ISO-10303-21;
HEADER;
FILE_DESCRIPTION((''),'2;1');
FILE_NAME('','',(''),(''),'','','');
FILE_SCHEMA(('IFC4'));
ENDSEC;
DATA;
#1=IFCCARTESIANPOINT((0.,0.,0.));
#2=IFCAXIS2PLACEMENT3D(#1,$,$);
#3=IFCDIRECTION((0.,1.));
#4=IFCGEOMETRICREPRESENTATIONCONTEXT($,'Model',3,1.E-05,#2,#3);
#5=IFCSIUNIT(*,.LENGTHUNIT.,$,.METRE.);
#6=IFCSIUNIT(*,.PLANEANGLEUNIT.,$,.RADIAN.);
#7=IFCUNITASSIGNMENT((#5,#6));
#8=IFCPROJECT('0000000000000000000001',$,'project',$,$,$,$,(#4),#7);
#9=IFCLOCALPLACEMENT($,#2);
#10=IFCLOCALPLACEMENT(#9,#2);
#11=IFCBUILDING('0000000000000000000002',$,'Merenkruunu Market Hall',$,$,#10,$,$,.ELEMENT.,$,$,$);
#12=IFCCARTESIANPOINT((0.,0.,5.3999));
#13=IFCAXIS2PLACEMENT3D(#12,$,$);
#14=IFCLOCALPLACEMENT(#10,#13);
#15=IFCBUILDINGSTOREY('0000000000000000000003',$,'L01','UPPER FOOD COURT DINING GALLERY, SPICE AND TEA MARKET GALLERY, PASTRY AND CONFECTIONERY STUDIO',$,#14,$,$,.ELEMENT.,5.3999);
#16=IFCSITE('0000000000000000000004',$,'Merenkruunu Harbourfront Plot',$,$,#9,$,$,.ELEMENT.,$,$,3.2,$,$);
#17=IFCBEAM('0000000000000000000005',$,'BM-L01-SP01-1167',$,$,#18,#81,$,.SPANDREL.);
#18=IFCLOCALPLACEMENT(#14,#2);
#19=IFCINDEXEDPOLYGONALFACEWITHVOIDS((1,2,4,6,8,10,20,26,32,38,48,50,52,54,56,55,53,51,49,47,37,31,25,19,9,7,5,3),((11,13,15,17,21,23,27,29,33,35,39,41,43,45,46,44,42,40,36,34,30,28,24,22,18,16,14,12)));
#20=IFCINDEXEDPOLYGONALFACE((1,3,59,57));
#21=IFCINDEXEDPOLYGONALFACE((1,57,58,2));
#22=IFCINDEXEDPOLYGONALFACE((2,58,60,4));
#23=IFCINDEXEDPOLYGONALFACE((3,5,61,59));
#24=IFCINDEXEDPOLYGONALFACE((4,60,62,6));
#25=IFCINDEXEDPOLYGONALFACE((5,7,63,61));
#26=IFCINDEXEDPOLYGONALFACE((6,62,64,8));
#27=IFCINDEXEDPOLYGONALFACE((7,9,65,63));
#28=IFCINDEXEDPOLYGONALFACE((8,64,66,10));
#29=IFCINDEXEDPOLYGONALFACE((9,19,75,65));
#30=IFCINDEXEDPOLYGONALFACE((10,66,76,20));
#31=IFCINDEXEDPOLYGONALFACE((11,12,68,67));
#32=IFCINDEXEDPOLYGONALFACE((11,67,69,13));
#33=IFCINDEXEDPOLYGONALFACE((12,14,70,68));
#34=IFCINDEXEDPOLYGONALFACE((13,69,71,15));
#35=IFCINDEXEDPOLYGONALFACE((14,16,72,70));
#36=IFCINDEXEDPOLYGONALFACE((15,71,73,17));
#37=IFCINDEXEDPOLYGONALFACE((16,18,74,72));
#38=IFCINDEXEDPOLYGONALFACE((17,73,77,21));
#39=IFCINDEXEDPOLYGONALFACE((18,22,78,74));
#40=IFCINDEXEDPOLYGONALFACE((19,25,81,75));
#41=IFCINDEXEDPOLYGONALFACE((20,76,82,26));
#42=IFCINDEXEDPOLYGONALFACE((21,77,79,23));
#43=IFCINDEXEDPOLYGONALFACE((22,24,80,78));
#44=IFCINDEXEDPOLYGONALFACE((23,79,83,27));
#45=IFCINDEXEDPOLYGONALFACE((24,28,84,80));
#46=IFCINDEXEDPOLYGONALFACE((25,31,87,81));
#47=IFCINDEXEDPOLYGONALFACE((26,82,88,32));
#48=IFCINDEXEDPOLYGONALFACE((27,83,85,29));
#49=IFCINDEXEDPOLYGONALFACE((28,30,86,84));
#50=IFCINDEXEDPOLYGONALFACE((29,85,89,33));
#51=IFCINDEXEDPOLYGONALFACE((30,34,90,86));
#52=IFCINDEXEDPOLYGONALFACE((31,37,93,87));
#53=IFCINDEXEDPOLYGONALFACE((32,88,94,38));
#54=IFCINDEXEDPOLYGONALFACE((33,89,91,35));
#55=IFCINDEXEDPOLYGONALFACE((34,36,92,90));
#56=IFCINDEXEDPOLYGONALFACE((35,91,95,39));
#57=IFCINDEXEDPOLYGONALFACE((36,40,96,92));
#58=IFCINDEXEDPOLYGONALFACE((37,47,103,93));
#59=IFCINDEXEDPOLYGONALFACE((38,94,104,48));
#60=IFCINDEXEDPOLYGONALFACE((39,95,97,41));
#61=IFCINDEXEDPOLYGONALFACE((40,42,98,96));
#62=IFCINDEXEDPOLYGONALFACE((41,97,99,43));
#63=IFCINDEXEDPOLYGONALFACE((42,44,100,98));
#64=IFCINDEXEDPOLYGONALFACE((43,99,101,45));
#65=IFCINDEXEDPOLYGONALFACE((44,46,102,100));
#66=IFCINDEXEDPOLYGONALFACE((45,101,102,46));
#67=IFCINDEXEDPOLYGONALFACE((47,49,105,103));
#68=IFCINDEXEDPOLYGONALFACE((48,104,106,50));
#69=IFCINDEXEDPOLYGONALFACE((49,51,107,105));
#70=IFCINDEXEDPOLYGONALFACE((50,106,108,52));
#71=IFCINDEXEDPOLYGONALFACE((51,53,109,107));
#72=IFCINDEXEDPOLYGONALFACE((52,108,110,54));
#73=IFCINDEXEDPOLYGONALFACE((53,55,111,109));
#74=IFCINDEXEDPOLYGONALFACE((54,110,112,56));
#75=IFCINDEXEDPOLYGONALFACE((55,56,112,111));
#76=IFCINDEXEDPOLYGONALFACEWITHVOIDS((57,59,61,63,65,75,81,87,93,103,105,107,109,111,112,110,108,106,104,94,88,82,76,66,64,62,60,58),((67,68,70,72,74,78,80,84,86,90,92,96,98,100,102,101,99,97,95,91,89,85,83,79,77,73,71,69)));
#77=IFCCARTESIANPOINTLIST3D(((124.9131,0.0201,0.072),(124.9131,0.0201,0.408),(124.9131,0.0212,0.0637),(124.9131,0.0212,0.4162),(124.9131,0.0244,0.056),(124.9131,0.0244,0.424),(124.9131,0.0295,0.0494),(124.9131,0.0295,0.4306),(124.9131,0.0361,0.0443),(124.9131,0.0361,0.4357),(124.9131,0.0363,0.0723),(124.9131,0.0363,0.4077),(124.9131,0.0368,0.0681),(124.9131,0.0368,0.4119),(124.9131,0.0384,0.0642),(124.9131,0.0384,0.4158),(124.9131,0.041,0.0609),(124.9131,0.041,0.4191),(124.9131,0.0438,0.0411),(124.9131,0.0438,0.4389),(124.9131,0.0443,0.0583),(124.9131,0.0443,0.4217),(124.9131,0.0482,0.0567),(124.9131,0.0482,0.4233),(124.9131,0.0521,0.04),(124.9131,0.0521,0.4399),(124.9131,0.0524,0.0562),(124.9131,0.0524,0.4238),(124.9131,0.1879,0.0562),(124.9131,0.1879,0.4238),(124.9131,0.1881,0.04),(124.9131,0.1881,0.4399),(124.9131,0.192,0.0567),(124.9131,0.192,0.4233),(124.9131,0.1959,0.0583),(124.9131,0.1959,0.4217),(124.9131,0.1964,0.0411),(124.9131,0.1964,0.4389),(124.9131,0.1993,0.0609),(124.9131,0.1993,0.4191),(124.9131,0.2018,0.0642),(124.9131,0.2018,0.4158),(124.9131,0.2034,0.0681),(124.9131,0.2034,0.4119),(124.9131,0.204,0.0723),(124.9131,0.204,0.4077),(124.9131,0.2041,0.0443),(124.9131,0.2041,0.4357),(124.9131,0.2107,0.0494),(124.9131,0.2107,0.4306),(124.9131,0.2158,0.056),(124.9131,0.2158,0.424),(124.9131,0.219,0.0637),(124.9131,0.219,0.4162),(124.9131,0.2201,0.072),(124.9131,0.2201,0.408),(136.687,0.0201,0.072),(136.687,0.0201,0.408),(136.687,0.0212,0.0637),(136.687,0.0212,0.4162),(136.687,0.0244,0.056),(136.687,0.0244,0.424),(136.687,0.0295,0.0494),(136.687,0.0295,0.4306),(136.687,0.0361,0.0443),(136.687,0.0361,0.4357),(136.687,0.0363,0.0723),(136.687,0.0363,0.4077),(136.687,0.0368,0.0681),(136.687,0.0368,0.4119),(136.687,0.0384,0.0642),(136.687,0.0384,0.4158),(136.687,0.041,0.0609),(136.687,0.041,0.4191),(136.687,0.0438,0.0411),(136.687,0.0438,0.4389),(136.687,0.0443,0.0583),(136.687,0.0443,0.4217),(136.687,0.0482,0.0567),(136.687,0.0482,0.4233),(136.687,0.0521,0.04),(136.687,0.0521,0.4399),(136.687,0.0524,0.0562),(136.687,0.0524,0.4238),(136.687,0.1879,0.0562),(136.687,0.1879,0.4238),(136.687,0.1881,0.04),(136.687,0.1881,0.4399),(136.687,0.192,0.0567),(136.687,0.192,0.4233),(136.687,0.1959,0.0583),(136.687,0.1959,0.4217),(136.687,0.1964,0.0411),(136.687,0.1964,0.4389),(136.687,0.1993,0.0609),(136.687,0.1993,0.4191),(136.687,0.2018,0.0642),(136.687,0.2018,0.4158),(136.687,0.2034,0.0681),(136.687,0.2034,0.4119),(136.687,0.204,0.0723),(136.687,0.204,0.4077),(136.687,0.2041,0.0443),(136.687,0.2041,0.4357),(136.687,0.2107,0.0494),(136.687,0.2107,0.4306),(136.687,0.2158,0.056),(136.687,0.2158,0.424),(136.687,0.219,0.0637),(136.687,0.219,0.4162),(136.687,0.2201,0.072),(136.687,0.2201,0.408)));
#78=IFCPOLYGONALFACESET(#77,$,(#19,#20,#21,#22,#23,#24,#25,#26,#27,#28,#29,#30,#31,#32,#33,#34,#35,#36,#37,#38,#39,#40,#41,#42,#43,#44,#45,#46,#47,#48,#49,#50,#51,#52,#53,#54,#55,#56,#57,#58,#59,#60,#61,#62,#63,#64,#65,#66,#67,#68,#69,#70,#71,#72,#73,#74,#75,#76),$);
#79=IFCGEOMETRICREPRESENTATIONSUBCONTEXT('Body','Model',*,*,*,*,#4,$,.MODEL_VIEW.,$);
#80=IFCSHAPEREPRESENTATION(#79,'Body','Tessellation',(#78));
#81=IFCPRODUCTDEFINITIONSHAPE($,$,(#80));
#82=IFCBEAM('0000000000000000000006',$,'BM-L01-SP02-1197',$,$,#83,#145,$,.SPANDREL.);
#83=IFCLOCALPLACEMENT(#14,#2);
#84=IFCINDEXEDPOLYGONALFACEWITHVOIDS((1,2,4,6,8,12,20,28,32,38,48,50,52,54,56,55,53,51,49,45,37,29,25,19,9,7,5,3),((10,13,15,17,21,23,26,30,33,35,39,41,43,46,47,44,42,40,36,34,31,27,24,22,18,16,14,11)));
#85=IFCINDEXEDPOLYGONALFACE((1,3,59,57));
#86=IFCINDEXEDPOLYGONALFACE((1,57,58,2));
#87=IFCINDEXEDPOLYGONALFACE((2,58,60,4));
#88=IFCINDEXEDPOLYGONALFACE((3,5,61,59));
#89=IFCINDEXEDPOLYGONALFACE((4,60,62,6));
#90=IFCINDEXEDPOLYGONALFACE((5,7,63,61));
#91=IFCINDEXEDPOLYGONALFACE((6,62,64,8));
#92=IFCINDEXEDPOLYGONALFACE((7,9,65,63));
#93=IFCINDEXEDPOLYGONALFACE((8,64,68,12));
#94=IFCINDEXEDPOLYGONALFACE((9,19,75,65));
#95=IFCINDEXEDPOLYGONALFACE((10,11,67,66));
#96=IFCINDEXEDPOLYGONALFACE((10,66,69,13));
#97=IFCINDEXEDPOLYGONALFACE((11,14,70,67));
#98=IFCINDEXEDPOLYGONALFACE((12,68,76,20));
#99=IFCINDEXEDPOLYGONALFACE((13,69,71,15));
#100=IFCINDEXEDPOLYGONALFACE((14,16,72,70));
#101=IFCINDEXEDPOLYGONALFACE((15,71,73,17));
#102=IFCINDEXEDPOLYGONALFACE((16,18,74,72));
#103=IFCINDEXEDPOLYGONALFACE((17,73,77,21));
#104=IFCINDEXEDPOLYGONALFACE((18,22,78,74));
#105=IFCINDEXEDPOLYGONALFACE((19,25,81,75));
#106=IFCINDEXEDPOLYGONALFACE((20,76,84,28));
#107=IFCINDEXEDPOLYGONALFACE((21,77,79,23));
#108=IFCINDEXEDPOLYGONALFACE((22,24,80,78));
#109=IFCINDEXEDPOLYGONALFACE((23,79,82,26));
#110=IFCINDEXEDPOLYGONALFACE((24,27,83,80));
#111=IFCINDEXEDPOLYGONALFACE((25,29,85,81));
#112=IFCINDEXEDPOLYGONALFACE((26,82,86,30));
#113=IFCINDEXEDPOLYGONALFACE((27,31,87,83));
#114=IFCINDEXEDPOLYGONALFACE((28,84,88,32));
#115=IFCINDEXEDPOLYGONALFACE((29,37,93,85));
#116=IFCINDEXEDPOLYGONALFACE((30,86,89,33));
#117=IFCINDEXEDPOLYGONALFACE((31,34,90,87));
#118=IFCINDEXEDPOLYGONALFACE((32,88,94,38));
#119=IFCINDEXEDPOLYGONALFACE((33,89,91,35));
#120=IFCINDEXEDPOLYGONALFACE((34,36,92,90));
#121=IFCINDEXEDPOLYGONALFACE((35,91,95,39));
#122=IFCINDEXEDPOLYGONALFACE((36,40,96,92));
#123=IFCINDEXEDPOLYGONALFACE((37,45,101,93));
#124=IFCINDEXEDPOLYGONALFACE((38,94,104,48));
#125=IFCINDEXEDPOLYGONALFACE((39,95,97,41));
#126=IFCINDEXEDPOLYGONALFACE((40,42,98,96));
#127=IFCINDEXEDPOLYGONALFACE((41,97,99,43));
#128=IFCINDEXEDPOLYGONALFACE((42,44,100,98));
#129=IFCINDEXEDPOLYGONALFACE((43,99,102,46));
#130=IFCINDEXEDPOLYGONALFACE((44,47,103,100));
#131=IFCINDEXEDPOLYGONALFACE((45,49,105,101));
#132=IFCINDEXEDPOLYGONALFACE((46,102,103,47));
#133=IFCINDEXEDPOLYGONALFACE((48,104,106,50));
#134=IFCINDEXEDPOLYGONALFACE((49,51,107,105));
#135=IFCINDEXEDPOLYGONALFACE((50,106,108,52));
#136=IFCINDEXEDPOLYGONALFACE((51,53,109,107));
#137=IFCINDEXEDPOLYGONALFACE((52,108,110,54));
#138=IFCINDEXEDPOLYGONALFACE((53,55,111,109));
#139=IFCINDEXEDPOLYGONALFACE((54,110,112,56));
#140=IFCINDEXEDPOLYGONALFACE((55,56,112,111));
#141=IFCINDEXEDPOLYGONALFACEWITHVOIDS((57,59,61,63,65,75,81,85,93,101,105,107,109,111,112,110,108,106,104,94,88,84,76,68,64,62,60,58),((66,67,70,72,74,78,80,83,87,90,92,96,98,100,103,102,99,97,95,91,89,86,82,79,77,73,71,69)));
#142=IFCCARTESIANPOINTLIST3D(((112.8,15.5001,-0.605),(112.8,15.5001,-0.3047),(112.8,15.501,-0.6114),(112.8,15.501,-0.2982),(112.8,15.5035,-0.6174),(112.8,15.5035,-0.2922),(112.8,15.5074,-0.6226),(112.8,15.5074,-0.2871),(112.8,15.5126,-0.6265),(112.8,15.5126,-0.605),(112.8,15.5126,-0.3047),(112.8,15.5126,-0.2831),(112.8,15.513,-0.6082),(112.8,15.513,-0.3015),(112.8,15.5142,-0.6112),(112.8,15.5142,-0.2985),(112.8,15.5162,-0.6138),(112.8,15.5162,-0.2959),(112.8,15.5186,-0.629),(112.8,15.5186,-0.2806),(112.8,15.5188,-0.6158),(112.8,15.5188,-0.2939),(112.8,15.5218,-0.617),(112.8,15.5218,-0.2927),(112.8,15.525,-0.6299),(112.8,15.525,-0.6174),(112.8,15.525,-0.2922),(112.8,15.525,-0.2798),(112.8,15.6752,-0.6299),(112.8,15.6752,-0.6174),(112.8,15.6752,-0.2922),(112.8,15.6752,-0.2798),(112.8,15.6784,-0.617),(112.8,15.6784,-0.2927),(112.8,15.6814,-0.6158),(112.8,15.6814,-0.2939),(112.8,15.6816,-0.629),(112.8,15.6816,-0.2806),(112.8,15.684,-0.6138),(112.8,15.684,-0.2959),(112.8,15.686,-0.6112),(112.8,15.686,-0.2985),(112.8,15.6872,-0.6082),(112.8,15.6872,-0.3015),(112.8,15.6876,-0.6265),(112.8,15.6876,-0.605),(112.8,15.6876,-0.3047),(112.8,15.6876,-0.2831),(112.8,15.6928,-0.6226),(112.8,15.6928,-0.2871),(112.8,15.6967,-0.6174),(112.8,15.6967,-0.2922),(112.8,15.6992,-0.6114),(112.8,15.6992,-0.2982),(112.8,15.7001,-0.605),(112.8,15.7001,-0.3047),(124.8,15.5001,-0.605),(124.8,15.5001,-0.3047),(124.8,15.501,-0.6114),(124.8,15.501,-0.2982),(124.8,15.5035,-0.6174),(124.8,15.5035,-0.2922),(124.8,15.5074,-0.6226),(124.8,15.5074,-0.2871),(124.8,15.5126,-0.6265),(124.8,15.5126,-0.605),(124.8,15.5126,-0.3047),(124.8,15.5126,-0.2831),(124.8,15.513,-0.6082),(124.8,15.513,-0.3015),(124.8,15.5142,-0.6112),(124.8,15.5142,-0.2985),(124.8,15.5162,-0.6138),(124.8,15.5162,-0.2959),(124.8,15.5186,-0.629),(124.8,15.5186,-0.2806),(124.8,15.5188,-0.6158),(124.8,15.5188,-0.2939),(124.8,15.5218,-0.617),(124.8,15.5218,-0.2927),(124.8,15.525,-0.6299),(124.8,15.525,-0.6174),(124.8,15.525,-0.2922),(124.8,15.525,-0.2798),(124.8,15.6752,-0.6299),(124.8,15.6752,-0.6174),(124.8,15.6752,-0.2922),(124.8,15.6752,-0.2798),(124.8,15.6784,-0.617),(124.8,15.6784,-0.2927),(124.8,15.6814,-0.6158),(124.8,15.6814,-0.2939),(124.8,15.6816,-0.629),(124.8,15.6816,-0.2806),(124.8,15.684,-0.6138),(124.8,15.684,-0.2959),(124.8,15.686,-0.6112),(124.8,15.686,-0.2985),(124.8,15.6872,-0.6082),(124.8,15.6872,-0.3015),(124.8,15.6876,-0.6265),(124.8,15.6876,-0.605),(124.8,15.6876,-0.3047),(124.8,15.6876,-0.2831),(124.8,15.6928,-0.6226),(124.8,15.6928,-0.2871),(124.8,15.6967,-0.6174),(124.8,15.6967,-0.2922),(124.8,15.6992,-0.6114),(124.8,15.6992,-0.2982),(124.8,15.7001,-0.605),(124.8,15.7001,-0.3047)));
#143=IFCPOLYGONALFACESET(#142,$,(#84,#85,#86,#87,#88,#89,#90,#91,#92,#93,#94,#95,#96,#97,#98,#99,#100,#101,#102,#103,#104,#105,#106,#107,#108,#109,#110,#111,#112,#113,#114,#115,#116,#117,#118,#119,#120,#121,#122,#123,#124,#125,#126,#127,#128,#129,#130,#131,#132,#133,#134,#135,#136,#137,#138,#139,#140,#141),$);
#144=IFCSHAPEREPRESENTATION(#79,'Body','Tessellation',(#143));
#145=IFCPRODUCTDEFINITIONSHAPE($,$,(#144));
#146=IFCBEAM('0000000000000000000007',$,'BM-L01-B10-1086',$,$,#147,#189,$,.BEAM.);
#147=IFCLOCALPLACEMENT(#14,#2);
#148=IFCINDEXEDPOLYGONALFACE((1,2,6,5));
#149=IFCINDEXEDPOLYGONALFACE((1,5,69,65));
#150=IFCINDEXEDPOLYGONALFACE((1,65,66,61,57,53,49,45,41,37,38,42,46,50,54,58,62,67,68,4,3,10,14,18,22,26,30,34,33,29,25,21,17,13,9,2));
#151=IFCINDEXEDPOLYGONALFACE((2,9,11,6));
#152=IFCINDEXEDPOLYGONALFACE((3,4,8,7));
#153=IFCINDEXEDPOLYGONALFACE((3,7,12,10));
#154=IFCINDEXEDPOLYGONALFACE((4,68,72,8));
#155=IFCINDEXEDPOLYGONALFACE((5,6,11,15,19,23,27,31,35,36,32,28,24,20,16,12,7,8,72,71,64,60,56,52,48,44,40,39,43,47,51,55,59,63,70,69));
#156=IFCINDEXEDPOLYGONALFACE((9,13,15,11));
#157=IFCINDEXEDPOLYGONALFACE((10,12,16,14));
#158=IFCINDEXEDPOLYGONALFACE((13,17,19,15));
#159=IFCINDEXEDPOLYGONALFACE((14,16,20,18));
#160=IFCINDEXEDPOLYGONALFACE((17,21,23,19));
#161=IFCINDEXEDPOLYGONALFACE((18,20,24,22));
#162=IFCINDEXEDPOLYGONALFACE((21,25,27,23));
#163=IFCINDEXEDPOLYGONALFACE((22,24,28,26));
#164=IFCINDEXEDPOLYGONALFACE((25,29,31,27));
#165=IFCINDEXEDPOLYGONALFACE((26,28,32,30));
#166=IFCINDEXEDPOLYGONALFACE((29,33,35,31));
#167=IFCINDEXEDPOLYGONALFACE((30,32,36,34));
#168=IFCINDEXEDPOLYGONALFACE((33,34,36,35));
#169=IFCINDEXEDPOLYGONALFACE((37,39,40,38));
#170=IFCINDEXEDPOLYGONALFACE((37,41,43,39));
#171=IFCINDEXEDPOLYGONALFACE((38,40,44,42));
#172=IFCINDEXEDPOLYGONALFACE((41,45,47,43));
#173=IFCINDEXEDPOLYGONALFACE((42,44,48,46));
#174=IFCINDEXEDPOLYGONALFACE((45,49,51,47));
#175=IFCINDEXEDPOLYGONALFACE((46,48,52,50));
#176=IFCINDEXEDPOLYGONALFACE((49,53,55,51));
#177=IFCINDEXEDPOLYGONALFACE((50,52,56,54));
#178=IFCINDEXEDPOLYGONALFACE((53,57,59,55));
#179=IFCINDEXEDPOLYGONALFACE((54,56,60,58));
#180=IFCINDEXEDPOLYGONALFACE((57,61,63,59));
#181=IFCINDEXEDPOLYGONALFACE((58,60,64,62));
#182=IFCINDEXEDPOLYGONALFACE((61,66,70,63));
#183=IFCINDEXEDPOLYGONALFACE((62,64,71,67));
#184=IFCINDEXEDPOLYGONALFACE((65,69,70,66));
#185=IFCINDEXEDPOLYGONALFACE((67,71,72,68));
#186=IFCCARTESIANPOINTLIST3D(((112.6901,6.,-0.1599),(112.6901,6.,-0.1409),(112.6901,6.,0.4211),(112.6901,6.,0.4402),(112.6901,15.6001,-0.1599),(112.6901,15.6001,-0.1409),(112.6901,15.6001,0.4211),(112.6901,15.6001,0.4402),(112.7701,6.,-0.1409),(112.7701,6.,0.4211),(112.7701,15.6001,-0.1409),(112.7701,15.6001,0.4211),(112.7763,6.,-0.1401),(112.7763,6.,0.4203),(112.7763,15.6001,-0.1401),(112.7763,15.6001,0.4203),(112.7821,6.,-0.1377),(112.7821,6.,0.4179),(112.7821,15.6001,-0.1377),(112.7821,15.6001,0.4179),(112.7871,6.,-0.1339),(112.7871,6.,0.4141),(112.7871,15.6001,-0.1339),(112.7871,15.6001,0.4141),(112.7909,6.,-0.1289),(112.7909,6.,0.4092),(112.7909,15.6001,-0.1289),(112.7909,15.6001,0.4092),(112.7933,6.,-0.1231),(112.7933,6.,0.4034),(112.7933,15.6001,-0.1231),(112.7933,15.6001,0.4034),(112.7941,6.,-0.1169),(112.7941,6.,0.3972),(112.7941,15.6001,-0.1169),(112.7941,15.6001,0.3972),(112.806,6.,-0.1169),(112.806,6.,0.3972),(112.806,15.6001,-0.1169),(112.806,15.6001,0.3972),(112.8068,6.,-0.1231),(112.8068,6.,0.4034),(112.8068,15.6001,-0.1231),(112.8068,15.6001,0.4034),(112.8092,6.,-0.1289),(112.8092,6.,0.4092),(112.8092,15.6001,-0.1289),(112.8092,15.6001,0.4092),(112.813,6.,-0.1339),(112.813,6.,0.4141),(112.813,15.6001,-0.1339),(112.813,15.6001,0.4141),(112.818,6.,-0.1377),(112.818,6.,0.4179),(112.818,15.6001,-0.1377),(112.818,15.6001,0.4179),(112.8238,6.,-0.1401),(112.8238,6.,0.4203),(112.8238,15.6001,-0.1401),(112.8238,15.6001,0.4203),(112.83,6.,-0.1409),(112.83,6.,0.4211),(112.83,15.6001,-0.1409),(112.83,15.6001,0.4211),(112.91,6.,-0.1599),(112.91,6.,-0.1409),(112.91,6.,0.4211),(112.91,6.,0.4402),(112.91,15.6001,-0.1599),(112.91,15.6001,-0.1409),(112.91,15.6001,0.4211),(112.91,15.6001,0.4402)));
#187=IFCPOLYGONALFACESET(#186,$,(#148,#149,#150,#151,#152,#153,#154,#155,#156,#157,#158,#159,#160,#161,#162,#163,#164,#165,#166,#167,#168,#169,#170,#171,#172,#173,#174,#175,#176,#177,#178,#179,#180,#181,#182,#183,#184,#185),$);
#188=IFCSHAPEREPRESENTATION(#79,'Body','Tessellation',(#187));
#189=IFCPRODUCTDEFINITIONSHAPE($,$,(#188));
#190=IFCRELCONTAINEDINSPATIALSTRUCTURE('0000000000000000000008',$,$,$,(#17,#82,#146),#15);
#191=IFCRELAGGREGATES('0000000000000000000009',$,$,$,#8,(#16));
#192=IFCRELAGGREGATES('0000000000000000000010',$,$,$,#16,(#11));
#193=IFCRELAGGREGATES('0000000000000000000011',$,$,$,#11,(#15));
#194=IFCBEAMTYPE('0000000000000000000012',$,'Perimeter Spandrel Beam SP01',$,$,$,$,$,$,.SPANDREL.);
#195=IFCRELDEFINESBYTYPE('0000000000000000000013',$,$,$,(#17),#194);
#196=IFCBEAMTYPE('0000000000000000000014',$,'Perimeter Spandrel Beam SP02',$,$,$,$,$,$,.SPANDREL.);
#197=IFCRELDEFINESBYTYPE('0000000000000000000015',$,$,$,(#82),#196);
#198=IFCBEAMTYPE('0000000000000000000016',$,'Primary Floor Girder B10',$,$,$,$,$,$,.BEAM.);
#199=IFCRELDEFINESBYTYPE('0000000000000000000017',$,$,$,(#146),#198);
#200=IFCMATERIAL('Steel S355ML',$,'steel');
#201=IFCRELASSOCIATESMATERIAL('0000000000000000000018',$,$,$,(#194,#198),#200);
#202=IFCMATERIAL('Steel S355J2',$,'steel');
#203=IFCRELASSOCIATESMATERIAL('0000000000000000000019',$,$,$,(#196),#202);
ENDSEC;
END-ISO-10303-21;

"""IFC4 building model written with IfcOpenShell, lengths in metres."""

from ifc_helpers import new_model, si_unit, direction, frame, origin, origin_2d, place, context, subcontext, project, spatial, hollow_rectangle, i_section, extrude, material, material_profile, profile_set, type_object, element, save


model = new_model("IFC4")

# Units and contexts
model_context = context("Model", 3, precision=1e-05, world=origin(), true_north=direction((0.0, 1.0)))
body_context = subcontext(model_context, "Body", "Model", "MODEL_VIEW")
ifc_project = project(units=[si_unit("LENGTHUNIT", "METRE"), si_unit("PLANEANGLEUNIT", "RADIAN")], contexts=[model_context])

# Site, building, storey
site_placement = place(None, origin())
site = spatial("IfcSite", under=ifc_project, at=site_placement, Name="Merenkruunu Harbourfront Plot", CompositionType="ELEMENT", RefElevation=3.2)
building_placement = place(site_placement, origin())
building = spatial("IfcBuilding", under=site, at=building_placement, Name="Merenkruunu Market Hall", CompositionType="ELEMENT")
storey_placement = place(building_placement, frame((0.0, 0.0, 5.3999)))
storey = spatial("IfcBuildingStorey", under=building, at=storey_placement, Name="L01", Description="UPPER FOOD COURT DINING GALLERY, SPICE AND TEA MARKET GALLERY, PASTRY AND CONFECTIONERY STUDIO", CompositionType="ELEMENT", Elevation=5.3999)

# Shared definitions
ifc_material_1 = material(Name="Steel S355J2", Category="steel")

# Beams
ifc_material_2 = material(Name="Steel S355ML", Category="steel")
ifc_material_profile_1 = material_profile(ifc_material_2, hollow_rectangle(XDim=0.2, YDim=0.3999, WallThickness=0.0161, InnerFilletRadius=0.0161, OuterFilletRadius=0.032, at=origin_2d()), Name="RHS 400x200x16")
ifc_profile_set_1 = profile_set([ifc_material_profile_1], Name="Steel S355ML")
beam_type_1 = type_object("IfcBeamType", Name="Perimeter Spandrel Beam SP01", PredefinedType="SPANDREL", material=ifc_profile_set_1)
for number, where, z_axis, x_axis, name in (
    (1, (124.9131, 0.1201, 0.24), (1.0, 0.0, 0.0), (0.0, 1.0, 0.0), "BM-L01-SP01-1167"),
):
    element("IfcBeam", number, at=place(storey_placement, frame(where, z_axis=z_axis, x_axis=x_axis)), inside=storey, type_object=beam_type_1, Name=name, PredefinedType="SPANDREL", context=body_context, shape_type="SweptSolid", body=[
        extrude(hollow_rectangle(XDim=0.2, YDim=0.3999, WallThickness=0.0161, InnerFilletRadius=0.0161, OuterFilletRadius=0.032, at=origin_2d()), origin(), (0.0, 0.0, 1.0), 11.7739),
    ])
ifc_material_profile_2 = material_profile(ifc_material_1, hollow_rectangle(XDim=0.2, YDim=0.3501, WallThickness=0.0125, InnerFilletRadius=0.0125, OuterFilletRadius=0.0249, at=origin_2d()), Name="RHS 350x200x12.5")
ifc_profile_set_2 = profile_set([ifc_material_profile_2], Name="Steel S355J2")
beam_type_2 = type_object("IfcBeamType", Name="Perimeter Spandrel Beam SP02", PredefinedType="SPANDREL", material=ifc_profile_set_2)
beam_1_placement = place(storey_placement, frame((112.8, 15.6001, -0.4548), z_axis=(1.0, 0.0, 0.0), x_axis=(0.0, 1.0, 0.0)))
element("IfcBeam", 2, at=beam_1_placement, inside=storey, type_object=beam_type_2, Name="BM-L01-SP02-1197", PredefinedType="SPANDREL", context=body_context, shape_type="SweptSolid", body=[
    extrude(hollow_rectangle(XDim=0.2, YDim=0.3501, WallThickness=0.0125, InnerFilletRadius=0.0125, OuterFilletRadius=0.0249, at=origin_2d()), origin(), (0.0, 0.0, 1.0), 12.0),
])
ifc_material_profile_3 = material_profile(ifc_material_2, i_section(OverallWidth=0.22, OverallDepth=0.6001, WebThickness=0.012, FlangeThickness=0.019, FilletRadius=0.0239, at=origin_2d()), Name="IPE 600")
ifc_profile_set_3 = profile_set([ifc_material_profile_3], Name="Steel S355ML")
beam_type_3 = type_object("IfcBeamType", Name="Primary Floor Girder B10", PredefinedType="BEAM", material=ifc_profile_set_3)
beam_2_placement = place(storey_placement, frame((112.8, 15.6001, 0.1401), z_axis=(0.0, -1.0, 0.0), x_axis=(1.0, 0.0, 0.0)))
element("IfcBeam", 3, at=beam_2_placement, inside=storey, type_object=beam_type_3, Name="BM-L01-B10-1086", PredefinedType="BEAM", context=body_context, shape_type="SweptSolid", body=[
    extrude(i_section(OverallWidth=0.22, OverallDepth=0.6001, WebThickness=0.012, FlangeThickness=0.019, FilletRadius=0.0239, at=origin_2d()), origin(), (0.0, 0.0, 1.0), 9.6001),
])

save(model, "model.ifc")
